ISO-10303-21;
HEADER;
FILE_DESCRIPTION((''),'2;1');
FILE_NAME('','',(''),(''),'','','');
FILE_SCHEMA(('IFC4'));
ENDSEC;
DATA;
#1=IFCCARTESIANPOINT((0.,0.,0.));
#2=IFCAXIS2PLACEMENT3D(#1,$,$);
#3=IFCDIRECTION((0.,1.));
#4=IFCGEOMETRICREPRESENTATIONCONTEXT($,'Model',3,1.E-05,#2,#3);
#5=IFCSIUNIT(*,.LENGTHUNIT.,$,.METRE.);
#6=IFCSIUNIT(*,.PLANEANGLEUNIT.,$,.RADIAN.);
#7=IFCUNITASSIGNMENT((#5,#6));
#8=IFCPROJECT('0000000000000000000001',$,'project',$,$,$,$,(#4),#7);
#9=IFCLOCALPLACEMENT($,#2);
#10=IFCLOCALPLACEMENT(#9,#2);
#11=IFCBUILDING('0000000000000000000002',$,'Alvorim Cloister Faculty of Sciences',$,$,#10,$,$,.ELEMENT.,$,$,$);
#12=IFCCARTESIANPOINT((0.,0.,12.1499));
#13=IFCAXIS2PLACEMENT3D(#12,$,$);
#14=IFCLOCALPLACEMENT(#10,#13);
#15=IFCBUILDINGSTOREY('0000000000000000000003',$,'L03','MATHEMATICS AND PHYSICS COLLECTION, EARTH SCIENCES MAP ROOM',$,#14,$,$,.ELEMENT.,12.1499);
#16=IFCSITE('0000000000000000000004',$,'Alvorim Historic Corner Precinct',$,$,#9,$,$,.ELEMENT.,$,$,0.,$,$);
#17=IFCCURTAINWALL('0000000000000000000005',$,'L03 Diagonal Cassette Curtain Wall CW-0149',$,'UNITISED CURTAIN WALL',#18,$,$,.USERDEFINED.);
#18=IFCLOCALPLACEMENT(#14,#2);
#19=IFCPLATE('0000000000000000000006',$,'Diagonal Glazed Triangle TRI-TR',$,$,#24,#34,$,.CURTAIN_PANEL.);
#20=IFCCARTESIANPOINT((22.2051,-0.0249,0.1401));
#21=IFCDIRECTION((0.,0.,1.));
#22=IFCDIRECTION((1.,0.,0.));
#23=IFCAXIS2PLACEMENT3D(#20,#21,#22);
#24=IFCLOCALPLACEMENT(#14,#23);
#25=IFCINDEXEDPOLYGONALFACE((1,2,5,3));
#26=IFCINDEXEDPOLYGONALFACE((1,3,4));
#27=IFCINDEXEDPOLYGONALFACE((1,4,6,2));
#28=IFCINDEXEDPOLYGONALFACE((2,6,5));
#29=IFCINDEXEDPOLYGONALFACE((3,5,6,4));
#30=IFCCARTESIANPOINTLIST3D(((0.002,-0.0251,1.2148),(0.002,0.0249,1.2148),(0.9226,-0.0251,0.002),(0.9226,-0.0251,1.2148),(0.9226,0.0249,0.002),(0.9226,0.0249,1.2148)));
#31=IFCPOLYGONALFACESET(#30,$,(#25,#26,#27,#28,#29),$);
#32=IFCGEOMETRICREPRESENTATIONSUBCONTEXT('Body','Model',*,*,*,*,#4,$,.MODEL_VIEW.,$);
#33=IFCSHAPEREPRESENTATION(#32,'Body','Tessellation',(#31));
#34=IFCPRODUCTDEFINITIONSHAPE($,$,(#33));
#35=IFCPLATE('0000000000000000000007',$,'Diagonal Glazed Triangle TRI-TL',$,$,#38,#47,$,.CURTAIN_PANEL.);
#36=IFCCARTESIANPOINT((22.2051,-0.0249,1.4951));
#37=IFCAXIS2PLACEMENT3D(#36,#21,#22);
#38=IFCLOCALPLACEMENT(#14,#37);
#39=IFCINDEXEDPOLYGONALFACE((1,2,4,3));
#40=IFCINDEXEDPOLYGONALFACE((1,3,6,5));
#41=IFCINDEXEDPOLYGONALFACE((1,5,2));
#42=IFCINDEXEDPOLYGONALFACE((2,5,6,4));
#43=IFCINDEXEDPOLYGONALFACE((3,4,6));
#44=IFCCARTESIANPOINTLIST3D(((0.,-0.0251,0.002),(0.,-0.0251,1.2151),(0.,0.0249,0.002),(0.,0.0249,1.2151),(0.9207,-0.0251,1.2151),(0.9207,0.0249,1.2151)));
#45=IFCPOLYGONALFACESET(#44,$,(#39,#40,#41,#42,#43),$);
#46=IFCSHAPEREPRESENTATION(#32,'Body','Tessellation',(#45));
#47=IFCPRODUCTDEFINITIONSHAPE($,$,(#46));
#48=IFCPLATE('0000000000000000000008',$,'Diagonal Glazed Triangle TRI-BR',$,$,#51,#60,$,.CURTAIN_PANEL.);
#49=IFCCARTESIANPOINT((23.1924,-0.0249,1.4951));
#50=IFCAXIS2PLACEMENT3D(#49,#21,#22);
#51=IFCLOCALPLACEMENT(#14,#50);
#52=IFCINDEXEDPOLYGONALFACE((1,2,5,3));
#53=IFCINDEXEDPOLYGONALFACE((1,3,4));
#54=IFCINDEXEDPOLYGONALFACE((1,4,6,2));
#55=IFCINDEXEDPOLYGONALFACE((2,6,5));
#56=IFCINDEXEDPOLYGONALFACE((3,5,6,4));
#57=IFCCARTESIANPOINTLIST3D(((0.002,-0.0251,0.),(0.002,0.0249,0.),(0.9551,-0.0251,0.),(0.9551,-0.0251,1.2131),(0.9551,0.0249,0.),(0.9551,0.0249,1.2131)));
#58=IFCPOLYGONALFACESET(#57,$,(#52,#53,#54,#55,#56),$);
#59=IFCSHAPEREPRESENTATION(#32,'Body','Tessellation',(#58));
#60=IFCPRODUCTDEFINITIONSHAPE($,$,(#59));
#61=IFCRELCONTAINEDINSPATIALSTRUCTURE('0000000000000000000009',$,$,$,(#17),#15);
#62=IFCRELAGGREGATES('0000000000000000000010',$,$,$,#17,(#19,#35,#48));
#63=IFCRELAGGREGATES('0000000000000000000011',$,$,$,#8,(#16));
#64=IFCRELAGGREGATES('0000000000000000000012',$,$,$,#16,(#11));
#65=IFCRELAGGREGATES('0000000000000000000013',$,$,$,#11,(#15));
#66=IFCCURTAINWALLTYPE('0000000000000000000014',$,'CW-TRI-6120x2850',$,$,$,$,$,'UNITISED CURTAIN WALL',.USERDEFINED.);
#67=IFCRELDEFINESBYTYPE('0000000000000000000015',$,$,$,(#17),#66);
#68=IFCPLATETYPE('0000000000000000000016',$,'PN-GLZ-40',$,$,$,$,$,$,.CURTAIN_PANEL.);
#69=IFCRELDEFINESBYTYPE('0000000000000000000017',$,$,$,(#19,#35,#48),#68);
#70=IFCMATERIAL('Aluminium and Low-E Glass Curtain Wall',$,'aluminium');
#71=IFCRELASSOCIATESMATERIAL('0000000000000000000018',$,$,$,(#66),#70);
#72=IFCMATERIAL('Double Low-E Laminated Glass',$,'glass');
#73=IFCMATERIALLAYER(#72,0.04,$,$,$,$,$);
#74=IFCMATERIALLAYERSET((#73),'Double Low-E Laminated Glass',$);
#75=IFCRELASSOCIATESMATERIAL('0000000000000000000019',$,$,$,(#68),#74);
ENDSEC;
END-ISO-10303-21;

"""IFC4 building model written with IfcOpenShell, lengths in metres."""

from ifc_helpers import new_model, si_unit, direction, frame, origin, place, context, subcontext, project, spatial, polyline, outline, extrude, material, layer, layer_set, type_object, element, aggregate, save


model = new_model("IFC4")

# Units and contexts
model_context = context("Model", 3, precision=1e-05, world=origin(), true_north=direction((0.0, 1.0)))
body_context = subcontext(model_context, "Body", "Model", "MODEL_VIEW")
ifc_project = project(units=[si_unit("LENGTHUNIT", "METRE"), si_unit("PLANEANGLEUNIT", "RADIAN")], contexts=[model_context])

# Site, building, storey
site_placement = place(None, origin())
site = spatial("IfcSite", under=ifc_project, at=site_placement, Name="Alvorim Historic Corner Precinct", CompositionType="ELEMENT", RefElevation=0.0)
building_placement = place(site_placement, origin())
building = spatial("IfcBuilding", under=site, at=building_placement, Name="Alvorim Cloister Faculty of Sciences", CompositionType="ELEMENT")
storey_placement = place(building_placement, frame((0.0, 0.0, 12.1499)))
storey = spatial("IfcBuildingStorey", under=building, at=storey_placement, Name="L03", Description="MATHEMATICS AND PHYSICS COLLECTION, EARTH SCIENCES MAP ROOM", CompositionType="ELEMENT", Elevation=12.1499)

# Curtain wall
ifc_material_1 = material(Name="Aluminium and Low-E Glass Curtain Wall", Category="aluminium")
curtain_wall_type = type_object("IfcCurtainWallType", Name="CW-TRI-6120x2850", ElementType="UNITISED CURTAIN WALL", PredefinedType="USERDEFINED", material=ifc_material_1)
curtain_wall_1_placement = place(storey_placement, origin())
curtain_wall_1 = element("IfcCurtainWall", 1, at=curtain_wall_1_placement, inside=storey, type_object=curtain_wall_type, Name="L03 Diagonal Cassette Curtain Wall CW-0149", ObjectType="UNITISED CURTAIN WALL", PredefinedType="USERDEFINED")

# Plates
ifc_material_2 = material(Name="Double Low-E Laminated Glass", Category="glass")
ifc_layer_1 = layer(ifc_material_2, 0.04)
ifc_layer_set_1 = layer_set([ifc_layer_1], Name="Double Low-E Laminated Glass")
plate_type = type_object("IfcPlateType", Name="PN-GLZ-40", PredefinedType="CURTAIN_PANEL", material=ifc_layer_set_1)
plate_1_placement = place(storey_placement, frame((22.2051, -0.0249, 0.1401), z_axis=(0.0, 0.0, 1.0), x_axis=(1.0, 0.0, 0.0)))
plate_1 = element("IfcPlate", 2, at=plate_1_placement, type_object=plate_type, Name="Diagonal Glazed Triangle TRI-TR", PredefinedType="CURTAIN_PANEL", context=body_context, shape_type="SweptSolid", body=[
    extrude(outline(polyline([(0.9226, 0.002), (0.9226, 1.2148), (0.002, 1.2148), (0.9226, 0.002)])), frame((0.0, 0.0249, 0.0), z_axis=(0.0, -1.0, 0.0), x_axis=(1.0, 0.0, 0.0)), (0.0, 0.0, 1.0), 0.05),
])
plate_2_placement = place(storey_placement, frame((22.2051, -0.0249, 1.4951), z_axis=(0.0, 0.0, 1.0), x_axis=(1.0, 0.0, 0.0)))
plate_2 = element("IfcPlate", 3, at=plate_2_placement, type_object=plate_type, Name="Diagonal Glazed Triangle TRI-TL", PredefinedType="CURTAIN_PANEL", context=body_context, shape_type="SweptSolid", body=[
    extrude(outline(polyline([(0.9207, 1.2151), (0.0, 1.2151), (0.0, 0.002), (0.9207, 1.2151)])), frame((0.0, 0.0249, 0.0), z_axis=(0.0, -1.0, 0.0), x_axis=(1.0, 0.0, 0.0)), (0.0, 0.0, 1.0), 0.05),
])
plate_3_placement = place(storey_placement, frame((23.1924, -0.0249, 1.4951), z_axis=(0.0, 0.0, 1.0), x_axis=(1.0, 0.0, 0.0)))
plate_3 = element("IfcPlate", 4, at=plate_3_placement, type_object=plate_type, Name="Diagonal Glazed Triangle TRI-BR", PredefinedType="CURTAIN_PANEL", context=body_context, shape_type="SweptSolid", body=[
    extrude(outline(polyline([(0.002, 0.0), (0.9551, 0.0), (0.9551, 1.2131), (0.002, 0.0)])), frame((0.0, 0.0249, 0.0), z_axis=(0.0, -1.0, 0.0), x_axis=(1.0, 0.0, 0.0)), (0.0, 0.0, 1.0), 0.05),
])
aggregate(curtain_wall_1, [plate_1, plate_2, plate_3])

save(model, "model.ifc")
